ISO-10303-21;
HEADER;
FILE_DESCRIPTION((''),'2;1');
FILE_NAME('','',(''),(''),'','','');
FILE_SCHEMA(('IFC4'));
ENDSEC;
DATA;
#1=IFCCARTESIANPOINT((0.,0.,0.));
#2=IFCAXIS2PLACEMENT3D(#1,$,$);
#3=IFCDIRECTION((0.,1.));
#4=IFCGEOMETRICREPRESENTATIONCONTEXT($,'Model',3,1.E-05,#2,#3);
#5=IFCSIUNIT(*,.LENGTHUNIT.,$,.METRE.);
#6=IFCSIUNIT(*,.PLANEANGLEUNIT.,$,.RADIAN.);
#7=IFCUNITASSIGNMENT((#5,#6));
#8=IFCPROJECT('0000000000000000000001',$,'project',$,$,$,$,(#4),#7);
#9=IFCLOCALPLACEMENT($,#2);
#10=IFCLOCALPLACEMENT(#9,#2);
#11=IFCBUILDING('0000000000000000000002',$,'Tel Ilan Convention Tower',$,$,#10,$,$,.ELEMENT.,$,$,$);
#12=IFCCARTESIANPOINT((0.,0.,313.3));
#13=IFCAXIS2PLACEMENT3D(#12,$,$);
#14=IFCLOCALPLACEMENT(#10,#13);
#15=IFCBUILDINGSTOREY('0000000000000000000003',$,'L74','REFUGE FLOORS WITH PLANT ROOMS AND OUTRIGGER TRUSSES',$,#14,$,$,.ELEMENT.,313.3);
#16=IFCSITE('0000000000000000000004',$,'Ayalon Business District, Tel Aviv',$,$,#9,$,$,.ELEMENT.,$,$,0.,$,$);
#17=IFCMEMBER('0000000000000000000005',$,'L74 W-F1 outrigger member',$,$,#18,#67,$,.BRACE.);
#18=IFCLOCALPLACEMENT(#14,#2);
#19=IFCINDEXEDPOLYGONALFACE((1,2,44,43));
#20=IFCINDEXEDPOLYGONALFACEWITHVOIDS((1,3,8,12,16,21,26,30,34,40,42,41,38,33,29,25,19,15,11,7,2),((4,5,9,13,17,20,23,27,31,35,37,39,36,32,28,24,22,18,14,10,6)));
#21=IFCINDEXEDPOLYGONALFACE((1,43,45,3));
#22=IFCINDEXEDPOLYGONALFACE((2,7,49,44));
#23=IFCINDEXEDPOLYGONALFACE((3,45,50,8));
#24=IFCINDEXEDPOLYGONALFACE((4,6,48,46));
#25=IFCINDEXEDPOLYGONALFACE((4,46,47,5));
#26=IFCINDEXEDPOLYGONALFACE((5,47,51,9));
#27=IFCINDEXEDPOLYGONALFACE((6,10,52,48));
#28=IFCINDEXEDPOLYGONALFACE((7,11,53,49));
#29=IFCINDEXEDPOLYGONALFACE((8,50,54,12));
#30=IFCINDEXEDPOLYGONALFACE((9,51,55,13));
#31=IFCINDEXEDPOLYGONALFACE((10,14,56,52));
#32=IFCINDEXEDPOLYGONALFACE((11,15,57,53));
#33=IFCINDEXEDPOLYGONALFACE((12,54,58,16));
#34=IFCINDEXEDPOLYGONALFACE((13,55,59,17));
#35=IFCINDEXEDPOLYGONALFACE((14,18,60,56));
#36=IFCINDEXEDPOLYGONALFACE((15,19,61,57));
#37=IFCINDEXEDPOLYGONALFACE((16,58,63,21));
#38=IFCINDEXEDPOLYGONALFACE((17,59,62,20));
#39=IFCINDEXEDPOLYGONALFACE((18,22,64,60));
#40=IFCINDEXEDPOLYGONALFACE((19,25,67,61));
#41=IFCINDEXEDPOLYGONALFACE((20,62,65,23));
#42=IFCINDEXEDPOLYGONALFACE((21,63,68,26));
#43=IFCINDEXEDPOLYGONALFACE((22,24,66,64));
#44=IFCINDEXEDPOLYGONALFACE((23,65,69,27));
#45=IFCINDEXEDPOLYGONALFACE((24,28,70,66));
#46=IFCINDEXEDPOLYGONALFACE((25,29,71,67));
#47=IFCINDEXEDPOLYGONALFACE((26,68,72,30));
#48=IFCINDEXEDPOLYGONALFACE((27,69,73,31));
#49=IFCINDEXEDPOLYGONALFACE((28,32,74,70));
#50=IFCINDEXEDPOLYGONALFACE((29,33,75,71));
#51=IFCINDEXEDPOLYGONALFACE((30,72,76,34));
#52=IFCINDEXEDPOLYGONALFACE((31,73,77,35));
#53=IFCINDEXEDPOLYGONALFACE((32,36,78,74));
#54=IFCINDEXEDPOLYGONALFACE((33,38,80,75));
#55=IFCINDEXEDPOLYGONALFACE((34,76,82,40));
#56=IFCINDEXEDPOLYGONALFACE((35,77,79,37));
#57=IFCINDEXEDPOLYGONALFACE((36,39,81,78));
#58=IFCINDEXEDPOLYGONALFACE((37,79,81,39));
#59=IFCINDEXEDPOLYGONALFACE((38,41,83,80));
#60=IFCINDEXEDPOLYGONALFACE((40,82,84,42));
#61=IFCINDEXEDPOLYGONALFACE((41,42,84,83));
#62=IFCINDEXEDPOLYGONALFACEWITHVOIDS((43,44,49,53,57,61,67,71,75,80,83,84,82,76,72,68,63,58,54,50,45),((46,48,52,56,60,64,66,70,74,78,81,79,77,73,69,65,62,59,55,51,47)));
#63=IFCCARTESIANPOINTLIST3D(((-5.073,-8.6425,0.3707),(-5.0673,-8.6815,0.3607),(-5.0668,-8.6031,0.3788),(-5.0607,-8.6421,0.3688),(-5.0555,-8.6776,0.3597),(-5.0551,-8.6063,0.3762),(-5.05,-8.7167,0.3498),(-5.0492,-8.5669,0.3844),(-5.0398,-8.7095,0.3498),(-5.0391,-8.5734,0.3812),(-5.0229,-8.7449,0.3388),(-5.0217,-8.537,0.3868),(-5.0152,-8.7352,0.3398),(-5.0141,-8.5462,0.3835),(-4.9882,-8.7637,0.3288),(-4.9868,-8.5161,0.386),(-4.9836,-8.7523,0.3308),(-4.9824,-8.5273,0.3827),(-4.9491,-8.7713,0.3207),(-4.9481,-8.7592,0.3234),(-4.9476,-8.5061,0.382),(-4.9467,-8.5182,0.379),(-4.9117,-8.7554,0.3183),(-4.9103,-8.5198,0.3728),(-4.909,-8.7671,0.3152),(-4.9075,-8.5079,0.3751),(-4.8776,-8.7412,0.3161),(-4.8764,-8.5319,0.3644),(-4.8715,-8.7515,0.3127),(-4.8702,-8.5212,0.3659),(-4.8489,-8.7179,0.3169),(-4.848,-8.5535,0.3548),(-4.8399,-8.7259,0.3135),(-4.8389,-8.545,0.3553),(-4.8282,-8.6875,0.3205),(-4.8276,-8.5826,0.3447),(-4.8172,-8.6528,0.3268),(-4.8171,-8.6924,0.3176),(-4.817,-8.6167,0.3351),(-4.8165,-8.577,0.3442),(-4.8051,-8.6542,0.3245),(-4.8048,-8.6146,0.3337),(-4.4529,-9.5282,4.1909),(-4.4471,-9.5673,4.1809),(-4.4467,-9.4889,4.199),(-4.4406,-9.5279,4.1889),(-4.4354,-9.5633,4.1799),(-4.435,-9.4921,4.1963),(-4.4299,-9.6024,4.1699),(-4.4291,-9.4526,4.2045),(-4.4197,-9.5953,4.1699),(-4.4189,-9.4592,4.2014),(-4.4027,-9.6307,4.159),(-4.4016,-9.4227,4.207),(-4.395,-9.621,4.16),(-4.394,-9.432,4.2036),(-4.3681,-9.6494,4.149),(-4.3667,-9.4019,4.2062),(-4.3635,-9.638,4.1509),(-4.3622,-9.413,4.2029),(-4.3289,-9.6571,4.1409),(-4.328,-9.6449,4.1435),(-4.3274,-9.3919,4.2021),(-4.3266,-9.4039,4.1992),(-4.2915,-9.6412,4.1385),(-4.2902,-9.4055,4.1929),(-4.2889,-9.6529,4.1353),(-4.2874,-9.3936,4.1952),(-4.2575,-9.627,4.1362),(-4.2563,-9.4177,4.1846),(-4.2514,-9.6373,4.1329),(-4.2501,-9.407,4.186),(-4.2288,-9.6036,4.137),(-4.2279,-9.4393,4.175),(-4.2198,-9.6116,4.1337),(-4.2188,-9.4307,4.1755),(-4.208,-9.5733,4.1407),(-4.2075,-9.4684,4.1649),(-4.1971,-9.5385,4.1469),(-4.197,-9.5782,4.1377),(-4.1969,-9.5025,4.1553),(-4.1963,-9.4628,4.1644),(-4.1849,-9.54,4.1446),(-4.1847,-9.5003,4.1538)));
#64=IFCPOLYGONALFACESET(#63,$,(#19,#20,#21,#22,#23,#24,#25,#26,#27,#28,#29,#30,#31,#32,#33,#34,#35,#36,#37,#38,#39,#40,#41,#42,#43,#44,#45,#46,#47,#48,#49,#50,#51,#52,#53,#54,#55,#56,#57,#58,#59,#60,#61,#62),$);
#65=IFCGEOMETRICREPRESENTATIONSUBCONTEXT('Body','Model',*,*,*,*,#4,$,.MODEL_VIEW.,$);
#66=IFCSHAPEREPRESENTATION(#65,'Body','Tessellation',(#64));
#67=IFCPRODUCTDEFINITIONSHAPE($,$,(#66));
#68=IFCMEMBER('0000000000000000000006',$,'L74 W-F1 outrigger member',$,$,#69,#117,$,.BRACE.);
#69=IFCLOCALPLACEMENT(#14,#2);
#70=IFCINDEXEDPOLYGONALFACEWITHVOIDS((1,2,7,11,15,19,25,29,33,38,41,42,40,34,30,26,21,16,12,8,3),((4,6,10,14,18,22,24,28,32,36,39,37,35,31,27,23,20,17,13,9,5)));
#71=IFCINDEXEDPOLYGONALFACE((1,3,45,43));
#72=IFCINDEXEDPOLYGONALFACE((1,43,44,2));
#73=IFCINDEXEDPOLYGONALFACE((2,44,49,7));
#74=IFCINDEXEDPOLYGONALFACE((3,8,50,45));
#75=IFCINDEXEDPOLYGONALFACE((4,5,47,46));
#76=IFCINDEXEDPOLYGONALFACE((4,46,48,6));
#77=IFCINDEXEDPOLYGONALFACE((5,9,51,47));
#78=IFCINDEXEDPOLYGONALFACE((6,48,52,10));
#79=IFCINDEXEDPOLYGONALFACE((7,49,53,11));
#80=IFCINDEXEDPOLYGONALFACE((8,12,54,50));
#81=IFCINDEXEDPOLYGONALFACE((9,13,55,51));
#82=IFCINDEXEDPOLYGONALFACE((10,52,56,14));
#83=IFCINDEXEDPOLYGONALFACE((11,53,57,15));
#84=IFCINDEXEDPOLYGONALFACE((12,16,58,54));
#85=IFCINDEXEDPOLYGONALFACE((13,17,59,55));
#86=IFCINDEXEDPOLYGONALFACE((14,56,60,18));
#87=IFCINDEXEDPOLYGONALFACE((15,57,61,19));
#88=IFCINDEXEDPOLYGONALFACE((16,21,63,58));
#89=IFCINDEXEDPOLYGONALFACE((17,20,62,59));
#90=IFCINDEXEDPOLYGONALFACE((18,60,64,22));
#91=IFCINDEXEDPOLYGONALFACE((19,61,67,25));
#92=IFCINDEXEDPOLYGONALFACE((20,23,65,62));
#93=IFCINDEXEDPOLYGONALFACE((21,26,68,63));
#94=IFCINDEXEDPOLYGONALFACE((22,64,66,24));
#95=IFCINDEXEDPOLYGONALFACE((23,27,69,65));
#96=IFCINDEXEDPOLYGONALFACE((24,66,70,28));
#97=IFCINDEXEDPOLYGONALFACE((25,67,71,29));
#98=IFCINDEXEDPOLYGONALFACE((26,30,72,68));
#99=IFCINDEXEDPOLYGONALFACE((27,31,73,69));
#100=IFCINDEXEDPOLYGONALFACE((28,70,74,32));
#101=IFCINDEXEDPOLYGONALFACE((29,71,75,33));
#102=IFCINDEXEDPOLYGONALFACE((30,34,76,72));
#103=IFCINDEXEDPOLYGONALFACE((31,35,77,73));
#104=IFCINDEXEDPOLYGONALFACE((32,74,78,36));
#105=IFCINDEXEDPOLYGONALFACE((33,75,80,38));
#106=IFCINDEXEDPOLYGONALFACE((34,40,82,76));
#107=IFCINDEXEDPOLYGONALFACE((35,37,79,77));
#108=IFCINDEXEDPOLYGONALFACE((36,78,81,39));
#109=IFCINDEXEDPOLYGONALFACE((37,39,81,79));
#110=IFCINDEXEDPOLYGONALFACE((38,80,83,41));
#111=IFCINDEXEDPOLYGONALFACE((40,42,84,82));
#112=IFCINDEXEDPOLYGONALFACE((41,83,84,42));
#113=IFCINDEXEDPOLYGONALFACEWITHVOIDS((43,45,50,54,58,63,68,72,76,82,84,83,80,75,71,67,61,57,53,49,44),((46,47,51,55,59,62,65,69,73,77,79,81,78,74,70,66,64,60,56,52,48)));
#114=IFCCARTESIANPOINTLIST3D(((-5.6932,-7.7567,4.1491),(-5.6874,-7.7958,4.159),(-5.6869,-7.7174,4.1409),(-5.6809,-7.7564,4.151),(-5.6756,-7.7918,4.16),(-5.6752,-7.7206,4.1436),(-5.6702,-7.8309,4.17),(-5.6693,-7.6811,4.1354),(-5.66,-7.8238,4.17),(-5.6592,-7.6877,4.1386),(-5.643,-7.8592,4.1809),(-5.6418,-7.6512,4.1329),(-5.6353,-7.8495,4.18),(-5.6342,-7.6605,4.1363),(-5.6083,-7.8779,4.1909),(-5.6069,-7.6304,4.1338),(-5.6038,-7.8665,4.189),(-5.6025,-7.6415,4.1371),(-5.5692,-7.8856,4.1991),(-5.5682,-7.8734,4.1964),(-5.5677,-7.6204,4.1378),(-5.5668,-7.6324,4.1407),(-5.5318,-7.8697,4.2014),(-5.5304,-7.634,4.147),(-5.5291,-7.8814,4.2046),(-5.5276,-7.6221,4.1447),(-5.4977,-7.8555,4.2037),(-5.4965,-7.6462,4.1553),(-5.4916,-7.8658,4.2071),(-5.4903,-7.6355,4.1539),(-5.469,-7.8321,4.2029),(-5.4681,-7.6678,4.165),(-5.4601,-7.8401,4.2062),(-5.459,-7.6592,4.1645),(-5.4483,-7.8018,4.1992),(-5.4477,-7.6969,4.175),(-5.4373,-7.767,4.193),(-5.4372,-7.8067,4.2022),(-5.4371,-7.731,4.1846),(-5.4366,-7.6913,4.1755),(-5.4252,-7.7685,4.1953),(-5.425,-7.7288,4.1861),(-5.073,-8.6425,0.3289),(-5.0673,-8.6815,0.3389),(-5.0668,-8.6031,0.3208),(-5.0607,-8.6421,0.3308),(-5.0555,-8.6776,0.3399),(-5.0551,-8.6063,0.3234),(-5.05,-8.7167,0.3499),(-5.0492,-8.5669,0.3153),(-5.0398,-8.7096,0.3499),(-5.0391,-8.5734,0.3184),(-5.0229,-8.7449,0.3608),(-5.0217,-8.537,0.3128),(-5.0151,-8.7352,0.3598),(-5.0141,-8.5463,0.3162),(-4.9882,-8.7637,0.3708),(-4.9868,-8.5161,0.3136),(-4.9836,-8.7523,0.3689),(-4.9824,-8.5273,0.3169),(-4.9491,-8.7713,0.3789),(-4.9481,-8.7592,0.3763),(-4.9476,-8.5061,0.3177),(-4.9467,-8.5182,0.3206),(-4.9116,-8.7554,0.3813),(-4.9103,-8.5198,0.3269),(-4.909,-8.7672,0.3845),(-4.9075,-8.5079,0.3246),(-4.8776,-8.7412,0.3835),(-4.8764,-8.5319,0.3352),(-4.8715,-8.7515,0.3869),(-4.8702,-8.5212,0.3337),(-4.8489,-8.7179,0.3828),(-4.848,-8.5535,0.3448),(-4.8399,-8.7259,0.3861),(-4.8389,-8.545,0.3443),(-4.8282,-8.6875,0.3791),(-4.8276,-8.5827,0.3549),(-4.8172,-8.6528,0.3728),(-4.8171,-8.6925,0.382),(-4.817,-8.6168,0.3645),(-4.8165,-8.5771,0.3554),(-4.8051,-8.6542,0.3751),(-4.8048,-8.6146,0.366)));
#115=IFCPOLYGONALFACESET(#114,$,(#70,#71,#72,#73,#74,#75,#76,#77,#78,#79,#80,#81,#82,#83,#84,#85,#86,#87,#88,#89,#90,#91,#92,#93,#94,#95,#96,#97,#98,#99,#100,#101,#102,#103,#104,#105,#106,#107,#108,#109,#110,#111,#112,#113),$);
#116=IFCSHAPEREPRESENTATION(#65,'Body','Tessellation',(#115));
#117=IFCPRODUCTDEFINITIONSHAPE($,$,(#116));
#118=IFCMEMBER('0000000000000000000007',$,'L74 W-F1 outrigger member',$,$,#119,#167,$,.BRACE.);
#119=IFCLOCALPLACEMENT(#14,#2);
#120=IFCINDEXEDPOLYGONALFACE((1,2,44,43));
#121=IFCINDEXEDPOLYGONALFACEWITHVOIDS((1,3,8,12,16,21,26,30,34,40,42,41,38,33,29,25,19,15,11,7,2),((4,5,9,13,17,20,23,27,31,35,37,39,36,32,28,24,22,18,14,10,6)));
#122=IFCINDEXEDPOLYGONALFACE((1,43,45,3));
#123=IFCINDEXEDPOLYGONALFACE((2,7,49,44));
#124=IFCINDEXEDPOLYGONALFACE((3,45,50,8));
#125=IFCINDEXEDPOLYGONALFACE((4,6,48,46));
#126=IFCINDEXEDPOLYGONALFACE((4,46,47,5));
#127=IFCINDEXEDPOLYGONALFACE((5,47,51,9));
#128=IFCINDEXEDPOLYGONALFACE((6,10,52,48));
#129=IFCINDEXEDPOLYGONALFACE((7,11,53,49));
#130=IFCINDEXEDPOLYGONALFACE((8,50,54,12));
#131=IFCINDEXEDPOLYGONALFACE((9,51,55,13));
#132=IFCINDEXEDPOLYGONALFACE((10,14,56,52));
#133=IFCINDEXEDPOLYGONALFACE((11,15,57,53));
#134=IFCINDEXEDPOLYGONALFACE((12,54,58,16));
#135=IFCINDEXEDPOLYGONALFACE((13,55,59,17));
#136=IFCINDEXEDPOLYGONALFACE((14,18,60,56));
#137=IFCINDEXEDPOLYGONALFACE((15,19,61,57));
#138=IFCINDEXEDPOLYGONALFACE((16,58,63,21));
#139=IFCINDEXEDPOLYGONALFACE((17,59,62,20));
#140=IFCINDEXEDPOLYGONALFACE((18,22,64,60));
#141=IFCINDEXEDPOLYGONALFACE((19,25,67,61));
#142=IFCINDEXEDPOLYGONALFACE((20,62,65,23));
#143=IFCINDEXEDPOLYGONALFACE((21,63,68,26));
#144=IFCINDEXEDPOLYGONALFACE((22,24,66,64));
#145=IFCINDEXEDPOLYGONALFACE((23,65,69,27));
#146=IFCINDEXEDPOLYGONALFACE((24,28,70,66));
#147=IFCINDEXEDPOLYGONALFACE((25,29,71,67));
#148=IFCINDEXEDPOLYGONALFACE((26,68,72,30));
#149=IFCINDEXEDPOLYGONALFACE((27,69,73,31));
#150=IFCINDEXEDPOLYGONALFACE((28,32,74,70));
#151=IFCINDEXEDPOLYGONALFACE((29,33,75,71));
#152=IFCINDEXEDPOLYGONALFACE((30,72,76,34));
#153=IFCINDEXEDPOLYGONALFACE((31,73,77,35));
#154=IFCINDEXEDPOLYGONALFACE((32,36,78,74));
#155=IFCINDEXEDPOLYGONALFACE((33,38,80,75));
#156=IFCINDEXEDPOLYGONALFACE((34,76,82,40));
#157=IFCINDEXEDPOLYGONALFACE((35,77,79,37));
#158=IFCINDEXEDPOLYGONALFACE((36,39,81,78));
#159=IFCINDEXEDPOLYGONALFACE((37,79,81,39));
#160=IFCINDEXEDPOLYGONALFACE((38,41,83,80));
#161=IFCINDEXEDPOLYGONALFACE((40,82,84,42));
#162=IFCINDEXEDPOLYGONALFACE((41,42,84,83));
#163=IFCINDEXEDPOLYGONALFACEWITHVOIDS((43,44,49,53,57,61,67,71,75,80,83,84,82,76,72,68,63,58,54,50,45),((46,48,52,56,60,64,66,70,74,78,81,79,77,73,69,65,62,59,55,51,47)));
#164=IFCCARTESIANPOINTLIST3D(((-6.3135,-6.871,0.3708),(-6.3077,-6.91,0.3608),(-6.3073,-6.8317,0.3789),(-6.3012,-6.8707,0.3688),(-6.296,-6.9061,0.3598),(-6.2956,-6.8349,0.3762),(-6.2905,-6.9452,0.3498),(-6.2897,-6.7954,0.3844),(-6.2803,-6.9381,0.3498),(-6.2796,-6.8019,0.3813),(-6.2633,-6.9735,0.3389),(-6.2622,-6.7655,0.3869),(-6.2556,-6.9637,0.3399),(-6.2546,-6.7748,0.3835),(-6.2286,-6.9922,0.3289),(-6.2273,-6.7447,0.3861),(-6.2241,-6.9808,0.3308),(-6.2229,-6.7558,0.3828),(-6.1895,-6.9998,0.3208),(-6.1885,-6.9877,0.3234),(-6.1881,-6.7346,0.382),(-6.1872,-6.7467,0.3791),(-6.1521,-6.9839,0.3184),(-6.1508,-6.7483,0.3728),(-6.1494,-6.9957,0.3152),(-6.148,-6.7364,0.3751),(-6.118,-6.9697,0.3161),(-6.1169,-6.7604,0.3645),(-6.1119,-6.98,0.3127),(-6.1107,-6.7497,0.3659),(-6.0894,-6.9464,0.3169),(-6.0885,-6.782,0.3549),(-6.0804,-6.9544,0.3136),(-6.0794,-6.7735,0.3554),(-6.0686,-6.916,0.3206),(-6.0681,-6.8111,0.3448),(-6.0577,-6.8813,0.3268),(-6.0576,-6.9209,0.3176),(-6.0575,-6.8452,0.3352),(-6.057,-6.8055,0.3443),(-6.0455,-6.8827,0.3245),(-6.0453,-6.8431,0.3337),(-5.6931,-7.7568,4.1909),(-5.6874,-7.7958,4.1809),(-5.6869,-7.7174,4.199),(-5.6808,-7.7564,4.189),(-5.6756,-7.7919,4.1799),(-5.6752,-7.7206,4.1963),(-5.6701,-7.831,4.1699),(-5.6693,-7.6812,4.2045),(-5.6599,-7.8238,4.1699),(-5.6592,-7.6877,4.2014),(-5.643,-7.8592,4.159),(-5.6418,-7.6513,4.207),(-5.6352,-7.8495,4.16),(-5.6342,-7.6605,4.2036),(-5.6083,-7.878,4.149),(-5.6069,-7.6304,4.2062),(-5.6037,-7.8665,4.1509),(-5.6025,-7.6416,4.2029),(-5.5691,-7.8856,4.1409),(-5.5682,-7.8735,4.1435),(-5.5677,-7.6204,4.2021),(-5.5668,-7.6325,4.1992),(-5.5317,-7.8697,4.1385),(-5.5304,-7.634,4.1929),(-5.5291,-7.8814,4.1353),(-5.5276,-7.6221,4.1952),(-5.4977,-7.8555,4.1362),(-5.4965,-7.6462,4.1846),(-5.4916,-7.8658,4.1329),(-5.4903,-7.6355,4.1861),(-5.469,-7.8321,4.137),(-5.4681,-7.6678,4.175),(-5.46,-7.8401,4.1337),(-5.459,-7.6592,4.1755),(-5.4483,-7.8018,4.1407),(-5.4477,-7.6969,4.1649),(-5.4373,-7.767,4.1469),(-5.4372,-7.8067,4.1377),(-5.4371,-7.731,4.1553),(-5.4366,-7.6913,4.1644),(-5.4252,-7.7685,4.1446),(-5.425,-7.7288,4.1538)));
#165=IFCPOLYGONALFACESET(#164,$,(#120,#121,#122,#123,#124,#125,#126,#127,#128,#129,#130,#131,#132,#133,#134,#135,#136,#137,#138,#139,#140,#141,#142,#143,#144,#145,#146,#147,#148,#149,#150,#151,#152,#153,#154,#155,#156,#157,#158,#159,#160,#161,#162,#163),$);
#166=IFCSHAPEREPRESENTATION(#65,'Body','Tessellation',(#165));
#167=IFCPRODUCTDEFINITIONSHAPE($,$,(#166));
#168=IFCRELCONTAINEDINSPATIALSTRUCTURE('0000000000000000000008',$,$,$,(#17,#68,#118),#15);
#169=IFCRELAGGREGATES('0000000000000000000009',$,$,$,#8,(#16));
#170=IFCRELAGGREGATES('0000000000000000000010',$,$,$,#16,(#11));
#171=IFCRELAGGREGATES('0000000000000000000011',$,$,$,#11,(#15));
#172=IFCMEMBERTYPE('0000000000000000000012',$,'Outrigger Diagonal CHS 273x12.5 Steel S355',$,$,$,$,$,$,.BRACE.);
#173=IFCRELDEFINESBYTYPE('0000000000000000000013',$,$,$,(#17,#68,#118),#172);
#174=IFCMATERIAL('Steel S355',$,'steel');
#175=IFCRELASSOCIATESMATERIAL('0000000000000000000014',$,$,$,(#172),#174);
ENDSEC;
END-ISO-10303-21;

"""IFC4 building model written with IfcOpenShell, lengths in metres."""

from ifc_helpers import new_model, si_unit, direction, frame, origin, origin_2d, place, context, subcontext, project, spatial, hollow_circle, extrude, material, material_profile, profile_set, type_object, element, save


model = new_model("IFC4")

# Units and contexts
model_context = context("Model", 3, precision=1e-05, world=origin(), true_north=direction((0.0, 1.0)))
body_context = subcontext(model_context, "Body", "Model", "MODEL_VIEW")
ifc_project = project(units=[si_unit("LENGTHUNIT", "METRE"), si_unit("PLANEANGLEUNIT", "RADIAN")], contexts=[model_context])

# Site, building, storey
site_placement = place(None, origin())
site = spatial("IfcSite", under=ifc_project, at=site_placement, Name="Ayalon Business District, Tel Aviv", CompositionType="ELEMENT", RefElevation=0.0)
building_placement = place(site_placement, origin())
building = spatial("IfcBuilding", under=site, at=building_placement, Name="Tel Ilan Convention Tower", CompositionType="ELEMENT")
storey_placement = place(building_placement, frame((0.0, 0.0, 313.3)))
storey = spatial("IfcBuildingStorey", under=building, at=storey_placement, Name="L74", Description="REFUGE FLOORS WITH PLANT ROOMS AND OUTRIGGER TRUSSES", CompositionType="ELEMENT", Elevation=313.3)

# Members
ifc_material_1 = material(Name="Steel S355", Category="steel")
ifc_material_profile_1 = material_profile(ifc_material_1, hollow_circle(Radius=0.1365, WallThickness=0.0125, at=origin_2d()), Name="CHS 273x12.5")
ifc_profile_set_1 = profile_set([ifc_material_profile_1], Name="Steel S355")
member_type_1 = type_object("IfcMemberType", Name="Outrigger Diagonal CHS 273x12.5 Steel S355", PredefinedType="BRACE", material=ifc_profile_set_1)
for number, where, z_axis, x_axis, name in (
    (1, (-4.3181, -9.5242, 4.1699), (-0.156195, 0.223101, -0.9622), (-0.819189, -0.573523, 0.0), "L74 W-F1 outrigger member"),
    (2, (-4.9382, -8.6384, 0.3499), (-0.156195, 0.223101, 0.9622), (-0.819189, -0.573523, 0.0), "L74 W-F1 outrigger member"),
    (3, (-5.5583, -7.7527, 4.1699), (-0.156255, 0.223099, -0.962191), (-0.819083, -0.573674, 0.0), "L74 W-F1 outrigger member"),
):
    element("IfcMember", number, at=place(storey_placement, frame(where, z_axis=z_axis, x_axis=x_axis)), inside=storey, type_object=member_type_1, Name=name, PredefinedType="BRACE", context=body_context, shape_type="SweptSolid", body=[
        extrude(hollow_circle(Radius=0.1365, WallThickness=0.0125, at=origin_2d()), origin(), (0.0, 0.0, 1.0), 3.9702),
    ])

save(model, "model.ifc")
